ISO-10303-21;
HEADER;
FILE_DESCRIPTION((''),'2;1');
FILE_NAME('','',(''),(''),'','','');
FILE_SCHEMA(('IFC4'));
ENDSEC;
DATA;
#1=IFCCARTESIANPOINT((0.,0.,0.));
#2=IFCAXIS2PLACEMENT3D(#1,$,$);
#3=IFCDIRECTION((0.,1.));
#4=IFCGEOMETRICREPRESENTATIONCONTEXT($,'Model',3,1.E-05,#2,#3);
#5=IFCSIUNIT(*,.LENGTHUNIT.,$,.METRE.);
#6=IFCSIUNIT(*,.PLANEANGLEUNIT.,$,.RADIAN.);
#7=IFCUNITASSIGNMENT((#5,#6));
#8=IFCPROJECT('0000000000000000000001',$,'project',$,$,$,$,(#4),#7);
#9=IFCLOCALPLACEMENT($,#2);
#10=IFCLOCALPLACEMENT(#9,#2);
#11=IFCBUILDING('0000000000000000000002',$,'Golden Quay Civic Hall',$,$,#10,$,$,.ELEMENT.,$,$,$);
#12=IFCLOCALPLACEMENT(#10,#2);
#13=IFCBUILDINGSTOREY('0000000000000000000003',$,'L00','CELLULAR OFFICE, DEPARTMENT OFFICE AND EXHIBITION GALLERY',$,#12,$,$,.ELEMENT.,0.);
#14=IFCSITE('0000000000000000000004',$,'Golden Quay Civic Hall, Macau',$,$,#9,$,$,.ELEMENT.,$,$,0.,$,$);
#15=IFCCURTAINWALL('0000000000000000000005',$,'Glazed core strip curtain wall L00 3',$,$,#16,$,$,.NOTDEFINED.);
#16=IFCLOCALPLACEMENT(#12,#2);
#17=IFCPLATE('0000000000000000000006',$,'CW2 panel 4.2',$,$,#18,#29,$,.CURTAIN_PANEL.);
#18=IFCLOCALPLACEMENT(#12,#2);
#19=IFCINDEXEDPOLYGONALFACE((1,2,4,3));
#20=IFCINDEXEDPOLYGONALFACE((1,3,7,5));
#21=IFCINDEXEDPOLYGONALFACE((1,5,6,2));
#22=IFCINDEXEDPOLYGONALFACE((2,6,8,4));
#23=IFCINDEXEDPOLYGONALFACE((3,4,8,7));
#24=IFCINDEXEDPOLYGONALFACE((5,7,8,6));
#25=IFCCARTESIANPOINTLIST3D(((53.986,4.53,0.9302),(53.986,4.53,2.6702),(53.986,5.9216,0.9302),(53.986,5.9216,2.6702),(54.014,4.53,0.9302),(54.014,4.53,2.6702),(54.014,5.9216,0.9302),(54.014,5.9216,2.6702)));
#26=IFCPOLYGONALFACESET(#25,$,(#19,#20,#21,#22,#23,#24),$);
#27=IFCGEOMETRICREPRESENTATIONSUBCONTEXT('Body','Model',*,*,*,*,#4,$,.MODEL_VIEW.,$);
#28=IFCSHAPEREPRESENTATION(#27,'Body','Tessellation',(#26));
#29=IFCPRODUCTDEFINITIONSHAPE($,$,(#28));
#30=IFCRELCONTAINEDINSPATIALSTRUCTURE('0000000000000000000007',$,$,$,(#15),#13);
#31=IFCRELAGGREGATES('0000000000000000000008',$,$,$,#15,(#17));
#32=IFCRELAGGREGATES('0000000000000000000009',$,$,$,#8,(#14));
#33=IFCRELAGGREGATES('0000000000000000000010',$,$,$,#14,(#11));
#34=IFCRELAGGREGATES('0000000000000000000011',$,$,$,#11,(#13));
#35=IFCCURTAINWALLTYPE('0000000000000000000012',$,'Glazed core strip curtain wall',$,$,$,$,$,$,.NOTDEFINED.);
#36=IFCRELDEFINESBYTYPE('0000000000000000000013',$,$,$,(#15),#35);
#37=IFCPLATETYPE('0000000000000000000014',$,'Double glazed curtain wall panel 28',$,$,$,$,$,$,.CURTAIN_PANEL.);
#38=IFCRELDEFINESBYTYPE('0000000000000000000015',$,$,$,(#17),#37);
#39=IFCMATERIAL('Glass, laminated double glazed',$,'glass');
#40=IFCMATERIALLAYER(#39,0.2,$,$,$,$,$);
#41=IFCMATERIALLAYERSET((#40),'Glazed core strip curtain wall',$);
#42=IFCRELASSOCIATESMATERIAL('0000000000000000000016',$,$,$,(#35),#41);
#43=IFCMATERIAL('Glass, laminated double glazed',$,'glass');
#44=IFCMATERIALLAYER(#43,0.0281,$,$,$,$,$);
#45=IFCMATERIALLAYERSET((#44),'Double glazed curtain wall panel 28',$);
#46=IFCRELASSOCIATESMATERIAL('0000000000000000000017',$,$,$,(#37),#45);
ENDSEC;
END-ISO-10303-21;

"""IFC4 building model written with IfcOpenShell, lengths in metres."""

from ifc_helpers import new_model, si_unit, direction, frame, origin, origin_2d, place, context, subcontext, project, spatial, rectangle, extrude, material, layer, layer_set, type_object, element, aggregate, save


model = new_model("IFC4")

# Units and contexts
model_context = context("Model", 3, precision=1e-05, world=origin(), true_north=direction((0.0, 1.0)))
body_context = subcontext(model_context, "Body", "Model", "MODEL_VIEW")
ifc_project = project(units=[si_unit("LENGTHUNIT", "METRE"), si_unit("PLANEANGLEUNIT", "RADIAN")], contexts=[model_context])

# Site, building, storey
site_placement = place(None, origin())
site = spatial("IfcSite", under=ifc_project, at=site_placement, Name="Golden Quay Civic Hall, Macau", CompositionType="ELEMENT", RefElevation=0.0)
building_placement = place(site_placement, origin())
building = spatial("IfcBuilding", under=site, at=building_placement, Name="Golden Quay Civic Hall", CompositionType="ELEMENT")
storey_placement = place(building_placement, origin())
storey = spatial("IfcBuildingStorey", under=building, at=storey_placement, Name="L00", Description="CELLULAR OFFICE, DEPARTMENT OFFICE AND EXHIBITION GALLERY", CompositionType="ELEMENT", Elevation=0.0)

# Curtain wall, plate
ifc_material_1 = material(Name="Glass, laminated double glazed", Category="glass")
ifc_layer_1 = layer(ifc_material_1, 0.2)
ifc_layer_set_1 = layer_set([ifc_layer_1], Name="Glazed core strip curtain wall")
curtain_wall_type = type_object("IfcCurtainWallType", Name="Glazed core strip curtain wall", PredefinedType="NOTDEFINED", material=ifc_layer_set_1)
curtain_wall_placement = place(storey_placement, origin())
curtain_wall = element("IfcCurtainWall", 1, at=curtain_wall_placement, inside=storey, type_object=curtain_wall_type, Name="Glazed core strip curtain wall L00 3", PredefinedType="NOTDEFINED")
ifc_material_2 = material(Name="Glass, laminated double glazed", Category="glass")
ifc_layer_2 = layer(ifc_material_2, 0.0281)
ifc_layer_set_2 = layer_set([ifc_layer_2], Name="Double glazed curtain wall panel 28")
plate_type = type_object("IfcPlateType", Name="Double glazed curtain wall panel 28", PredefinedType="CURTAIN_PANEL", material=ifc_layer_set_2)
plate_1_placement = place(storey_placement, frame((54.0, 5.2258, 0.9302), z_axis=(0.0, 0.0, 1.0), x_axis=(0.0, 1.0, 0.0)))
plate_1 = element("IfcPlate", 2, at=plate_1_placement, type_object=plate_type, Name="CW2 panel 4.2", PredefinedType="CURTAIN_PANEL", context=body_context, shape_type="SweptSolid", body=[
    extrude(rectangle(XDim=1.3916, YDim=0.0281, at=origin_2d()), origin(), (0.0, 0.0, 1.0), 1.74),
])
aggregate(curtain_wall, [plate_1])

save(model, "model.ifc")
